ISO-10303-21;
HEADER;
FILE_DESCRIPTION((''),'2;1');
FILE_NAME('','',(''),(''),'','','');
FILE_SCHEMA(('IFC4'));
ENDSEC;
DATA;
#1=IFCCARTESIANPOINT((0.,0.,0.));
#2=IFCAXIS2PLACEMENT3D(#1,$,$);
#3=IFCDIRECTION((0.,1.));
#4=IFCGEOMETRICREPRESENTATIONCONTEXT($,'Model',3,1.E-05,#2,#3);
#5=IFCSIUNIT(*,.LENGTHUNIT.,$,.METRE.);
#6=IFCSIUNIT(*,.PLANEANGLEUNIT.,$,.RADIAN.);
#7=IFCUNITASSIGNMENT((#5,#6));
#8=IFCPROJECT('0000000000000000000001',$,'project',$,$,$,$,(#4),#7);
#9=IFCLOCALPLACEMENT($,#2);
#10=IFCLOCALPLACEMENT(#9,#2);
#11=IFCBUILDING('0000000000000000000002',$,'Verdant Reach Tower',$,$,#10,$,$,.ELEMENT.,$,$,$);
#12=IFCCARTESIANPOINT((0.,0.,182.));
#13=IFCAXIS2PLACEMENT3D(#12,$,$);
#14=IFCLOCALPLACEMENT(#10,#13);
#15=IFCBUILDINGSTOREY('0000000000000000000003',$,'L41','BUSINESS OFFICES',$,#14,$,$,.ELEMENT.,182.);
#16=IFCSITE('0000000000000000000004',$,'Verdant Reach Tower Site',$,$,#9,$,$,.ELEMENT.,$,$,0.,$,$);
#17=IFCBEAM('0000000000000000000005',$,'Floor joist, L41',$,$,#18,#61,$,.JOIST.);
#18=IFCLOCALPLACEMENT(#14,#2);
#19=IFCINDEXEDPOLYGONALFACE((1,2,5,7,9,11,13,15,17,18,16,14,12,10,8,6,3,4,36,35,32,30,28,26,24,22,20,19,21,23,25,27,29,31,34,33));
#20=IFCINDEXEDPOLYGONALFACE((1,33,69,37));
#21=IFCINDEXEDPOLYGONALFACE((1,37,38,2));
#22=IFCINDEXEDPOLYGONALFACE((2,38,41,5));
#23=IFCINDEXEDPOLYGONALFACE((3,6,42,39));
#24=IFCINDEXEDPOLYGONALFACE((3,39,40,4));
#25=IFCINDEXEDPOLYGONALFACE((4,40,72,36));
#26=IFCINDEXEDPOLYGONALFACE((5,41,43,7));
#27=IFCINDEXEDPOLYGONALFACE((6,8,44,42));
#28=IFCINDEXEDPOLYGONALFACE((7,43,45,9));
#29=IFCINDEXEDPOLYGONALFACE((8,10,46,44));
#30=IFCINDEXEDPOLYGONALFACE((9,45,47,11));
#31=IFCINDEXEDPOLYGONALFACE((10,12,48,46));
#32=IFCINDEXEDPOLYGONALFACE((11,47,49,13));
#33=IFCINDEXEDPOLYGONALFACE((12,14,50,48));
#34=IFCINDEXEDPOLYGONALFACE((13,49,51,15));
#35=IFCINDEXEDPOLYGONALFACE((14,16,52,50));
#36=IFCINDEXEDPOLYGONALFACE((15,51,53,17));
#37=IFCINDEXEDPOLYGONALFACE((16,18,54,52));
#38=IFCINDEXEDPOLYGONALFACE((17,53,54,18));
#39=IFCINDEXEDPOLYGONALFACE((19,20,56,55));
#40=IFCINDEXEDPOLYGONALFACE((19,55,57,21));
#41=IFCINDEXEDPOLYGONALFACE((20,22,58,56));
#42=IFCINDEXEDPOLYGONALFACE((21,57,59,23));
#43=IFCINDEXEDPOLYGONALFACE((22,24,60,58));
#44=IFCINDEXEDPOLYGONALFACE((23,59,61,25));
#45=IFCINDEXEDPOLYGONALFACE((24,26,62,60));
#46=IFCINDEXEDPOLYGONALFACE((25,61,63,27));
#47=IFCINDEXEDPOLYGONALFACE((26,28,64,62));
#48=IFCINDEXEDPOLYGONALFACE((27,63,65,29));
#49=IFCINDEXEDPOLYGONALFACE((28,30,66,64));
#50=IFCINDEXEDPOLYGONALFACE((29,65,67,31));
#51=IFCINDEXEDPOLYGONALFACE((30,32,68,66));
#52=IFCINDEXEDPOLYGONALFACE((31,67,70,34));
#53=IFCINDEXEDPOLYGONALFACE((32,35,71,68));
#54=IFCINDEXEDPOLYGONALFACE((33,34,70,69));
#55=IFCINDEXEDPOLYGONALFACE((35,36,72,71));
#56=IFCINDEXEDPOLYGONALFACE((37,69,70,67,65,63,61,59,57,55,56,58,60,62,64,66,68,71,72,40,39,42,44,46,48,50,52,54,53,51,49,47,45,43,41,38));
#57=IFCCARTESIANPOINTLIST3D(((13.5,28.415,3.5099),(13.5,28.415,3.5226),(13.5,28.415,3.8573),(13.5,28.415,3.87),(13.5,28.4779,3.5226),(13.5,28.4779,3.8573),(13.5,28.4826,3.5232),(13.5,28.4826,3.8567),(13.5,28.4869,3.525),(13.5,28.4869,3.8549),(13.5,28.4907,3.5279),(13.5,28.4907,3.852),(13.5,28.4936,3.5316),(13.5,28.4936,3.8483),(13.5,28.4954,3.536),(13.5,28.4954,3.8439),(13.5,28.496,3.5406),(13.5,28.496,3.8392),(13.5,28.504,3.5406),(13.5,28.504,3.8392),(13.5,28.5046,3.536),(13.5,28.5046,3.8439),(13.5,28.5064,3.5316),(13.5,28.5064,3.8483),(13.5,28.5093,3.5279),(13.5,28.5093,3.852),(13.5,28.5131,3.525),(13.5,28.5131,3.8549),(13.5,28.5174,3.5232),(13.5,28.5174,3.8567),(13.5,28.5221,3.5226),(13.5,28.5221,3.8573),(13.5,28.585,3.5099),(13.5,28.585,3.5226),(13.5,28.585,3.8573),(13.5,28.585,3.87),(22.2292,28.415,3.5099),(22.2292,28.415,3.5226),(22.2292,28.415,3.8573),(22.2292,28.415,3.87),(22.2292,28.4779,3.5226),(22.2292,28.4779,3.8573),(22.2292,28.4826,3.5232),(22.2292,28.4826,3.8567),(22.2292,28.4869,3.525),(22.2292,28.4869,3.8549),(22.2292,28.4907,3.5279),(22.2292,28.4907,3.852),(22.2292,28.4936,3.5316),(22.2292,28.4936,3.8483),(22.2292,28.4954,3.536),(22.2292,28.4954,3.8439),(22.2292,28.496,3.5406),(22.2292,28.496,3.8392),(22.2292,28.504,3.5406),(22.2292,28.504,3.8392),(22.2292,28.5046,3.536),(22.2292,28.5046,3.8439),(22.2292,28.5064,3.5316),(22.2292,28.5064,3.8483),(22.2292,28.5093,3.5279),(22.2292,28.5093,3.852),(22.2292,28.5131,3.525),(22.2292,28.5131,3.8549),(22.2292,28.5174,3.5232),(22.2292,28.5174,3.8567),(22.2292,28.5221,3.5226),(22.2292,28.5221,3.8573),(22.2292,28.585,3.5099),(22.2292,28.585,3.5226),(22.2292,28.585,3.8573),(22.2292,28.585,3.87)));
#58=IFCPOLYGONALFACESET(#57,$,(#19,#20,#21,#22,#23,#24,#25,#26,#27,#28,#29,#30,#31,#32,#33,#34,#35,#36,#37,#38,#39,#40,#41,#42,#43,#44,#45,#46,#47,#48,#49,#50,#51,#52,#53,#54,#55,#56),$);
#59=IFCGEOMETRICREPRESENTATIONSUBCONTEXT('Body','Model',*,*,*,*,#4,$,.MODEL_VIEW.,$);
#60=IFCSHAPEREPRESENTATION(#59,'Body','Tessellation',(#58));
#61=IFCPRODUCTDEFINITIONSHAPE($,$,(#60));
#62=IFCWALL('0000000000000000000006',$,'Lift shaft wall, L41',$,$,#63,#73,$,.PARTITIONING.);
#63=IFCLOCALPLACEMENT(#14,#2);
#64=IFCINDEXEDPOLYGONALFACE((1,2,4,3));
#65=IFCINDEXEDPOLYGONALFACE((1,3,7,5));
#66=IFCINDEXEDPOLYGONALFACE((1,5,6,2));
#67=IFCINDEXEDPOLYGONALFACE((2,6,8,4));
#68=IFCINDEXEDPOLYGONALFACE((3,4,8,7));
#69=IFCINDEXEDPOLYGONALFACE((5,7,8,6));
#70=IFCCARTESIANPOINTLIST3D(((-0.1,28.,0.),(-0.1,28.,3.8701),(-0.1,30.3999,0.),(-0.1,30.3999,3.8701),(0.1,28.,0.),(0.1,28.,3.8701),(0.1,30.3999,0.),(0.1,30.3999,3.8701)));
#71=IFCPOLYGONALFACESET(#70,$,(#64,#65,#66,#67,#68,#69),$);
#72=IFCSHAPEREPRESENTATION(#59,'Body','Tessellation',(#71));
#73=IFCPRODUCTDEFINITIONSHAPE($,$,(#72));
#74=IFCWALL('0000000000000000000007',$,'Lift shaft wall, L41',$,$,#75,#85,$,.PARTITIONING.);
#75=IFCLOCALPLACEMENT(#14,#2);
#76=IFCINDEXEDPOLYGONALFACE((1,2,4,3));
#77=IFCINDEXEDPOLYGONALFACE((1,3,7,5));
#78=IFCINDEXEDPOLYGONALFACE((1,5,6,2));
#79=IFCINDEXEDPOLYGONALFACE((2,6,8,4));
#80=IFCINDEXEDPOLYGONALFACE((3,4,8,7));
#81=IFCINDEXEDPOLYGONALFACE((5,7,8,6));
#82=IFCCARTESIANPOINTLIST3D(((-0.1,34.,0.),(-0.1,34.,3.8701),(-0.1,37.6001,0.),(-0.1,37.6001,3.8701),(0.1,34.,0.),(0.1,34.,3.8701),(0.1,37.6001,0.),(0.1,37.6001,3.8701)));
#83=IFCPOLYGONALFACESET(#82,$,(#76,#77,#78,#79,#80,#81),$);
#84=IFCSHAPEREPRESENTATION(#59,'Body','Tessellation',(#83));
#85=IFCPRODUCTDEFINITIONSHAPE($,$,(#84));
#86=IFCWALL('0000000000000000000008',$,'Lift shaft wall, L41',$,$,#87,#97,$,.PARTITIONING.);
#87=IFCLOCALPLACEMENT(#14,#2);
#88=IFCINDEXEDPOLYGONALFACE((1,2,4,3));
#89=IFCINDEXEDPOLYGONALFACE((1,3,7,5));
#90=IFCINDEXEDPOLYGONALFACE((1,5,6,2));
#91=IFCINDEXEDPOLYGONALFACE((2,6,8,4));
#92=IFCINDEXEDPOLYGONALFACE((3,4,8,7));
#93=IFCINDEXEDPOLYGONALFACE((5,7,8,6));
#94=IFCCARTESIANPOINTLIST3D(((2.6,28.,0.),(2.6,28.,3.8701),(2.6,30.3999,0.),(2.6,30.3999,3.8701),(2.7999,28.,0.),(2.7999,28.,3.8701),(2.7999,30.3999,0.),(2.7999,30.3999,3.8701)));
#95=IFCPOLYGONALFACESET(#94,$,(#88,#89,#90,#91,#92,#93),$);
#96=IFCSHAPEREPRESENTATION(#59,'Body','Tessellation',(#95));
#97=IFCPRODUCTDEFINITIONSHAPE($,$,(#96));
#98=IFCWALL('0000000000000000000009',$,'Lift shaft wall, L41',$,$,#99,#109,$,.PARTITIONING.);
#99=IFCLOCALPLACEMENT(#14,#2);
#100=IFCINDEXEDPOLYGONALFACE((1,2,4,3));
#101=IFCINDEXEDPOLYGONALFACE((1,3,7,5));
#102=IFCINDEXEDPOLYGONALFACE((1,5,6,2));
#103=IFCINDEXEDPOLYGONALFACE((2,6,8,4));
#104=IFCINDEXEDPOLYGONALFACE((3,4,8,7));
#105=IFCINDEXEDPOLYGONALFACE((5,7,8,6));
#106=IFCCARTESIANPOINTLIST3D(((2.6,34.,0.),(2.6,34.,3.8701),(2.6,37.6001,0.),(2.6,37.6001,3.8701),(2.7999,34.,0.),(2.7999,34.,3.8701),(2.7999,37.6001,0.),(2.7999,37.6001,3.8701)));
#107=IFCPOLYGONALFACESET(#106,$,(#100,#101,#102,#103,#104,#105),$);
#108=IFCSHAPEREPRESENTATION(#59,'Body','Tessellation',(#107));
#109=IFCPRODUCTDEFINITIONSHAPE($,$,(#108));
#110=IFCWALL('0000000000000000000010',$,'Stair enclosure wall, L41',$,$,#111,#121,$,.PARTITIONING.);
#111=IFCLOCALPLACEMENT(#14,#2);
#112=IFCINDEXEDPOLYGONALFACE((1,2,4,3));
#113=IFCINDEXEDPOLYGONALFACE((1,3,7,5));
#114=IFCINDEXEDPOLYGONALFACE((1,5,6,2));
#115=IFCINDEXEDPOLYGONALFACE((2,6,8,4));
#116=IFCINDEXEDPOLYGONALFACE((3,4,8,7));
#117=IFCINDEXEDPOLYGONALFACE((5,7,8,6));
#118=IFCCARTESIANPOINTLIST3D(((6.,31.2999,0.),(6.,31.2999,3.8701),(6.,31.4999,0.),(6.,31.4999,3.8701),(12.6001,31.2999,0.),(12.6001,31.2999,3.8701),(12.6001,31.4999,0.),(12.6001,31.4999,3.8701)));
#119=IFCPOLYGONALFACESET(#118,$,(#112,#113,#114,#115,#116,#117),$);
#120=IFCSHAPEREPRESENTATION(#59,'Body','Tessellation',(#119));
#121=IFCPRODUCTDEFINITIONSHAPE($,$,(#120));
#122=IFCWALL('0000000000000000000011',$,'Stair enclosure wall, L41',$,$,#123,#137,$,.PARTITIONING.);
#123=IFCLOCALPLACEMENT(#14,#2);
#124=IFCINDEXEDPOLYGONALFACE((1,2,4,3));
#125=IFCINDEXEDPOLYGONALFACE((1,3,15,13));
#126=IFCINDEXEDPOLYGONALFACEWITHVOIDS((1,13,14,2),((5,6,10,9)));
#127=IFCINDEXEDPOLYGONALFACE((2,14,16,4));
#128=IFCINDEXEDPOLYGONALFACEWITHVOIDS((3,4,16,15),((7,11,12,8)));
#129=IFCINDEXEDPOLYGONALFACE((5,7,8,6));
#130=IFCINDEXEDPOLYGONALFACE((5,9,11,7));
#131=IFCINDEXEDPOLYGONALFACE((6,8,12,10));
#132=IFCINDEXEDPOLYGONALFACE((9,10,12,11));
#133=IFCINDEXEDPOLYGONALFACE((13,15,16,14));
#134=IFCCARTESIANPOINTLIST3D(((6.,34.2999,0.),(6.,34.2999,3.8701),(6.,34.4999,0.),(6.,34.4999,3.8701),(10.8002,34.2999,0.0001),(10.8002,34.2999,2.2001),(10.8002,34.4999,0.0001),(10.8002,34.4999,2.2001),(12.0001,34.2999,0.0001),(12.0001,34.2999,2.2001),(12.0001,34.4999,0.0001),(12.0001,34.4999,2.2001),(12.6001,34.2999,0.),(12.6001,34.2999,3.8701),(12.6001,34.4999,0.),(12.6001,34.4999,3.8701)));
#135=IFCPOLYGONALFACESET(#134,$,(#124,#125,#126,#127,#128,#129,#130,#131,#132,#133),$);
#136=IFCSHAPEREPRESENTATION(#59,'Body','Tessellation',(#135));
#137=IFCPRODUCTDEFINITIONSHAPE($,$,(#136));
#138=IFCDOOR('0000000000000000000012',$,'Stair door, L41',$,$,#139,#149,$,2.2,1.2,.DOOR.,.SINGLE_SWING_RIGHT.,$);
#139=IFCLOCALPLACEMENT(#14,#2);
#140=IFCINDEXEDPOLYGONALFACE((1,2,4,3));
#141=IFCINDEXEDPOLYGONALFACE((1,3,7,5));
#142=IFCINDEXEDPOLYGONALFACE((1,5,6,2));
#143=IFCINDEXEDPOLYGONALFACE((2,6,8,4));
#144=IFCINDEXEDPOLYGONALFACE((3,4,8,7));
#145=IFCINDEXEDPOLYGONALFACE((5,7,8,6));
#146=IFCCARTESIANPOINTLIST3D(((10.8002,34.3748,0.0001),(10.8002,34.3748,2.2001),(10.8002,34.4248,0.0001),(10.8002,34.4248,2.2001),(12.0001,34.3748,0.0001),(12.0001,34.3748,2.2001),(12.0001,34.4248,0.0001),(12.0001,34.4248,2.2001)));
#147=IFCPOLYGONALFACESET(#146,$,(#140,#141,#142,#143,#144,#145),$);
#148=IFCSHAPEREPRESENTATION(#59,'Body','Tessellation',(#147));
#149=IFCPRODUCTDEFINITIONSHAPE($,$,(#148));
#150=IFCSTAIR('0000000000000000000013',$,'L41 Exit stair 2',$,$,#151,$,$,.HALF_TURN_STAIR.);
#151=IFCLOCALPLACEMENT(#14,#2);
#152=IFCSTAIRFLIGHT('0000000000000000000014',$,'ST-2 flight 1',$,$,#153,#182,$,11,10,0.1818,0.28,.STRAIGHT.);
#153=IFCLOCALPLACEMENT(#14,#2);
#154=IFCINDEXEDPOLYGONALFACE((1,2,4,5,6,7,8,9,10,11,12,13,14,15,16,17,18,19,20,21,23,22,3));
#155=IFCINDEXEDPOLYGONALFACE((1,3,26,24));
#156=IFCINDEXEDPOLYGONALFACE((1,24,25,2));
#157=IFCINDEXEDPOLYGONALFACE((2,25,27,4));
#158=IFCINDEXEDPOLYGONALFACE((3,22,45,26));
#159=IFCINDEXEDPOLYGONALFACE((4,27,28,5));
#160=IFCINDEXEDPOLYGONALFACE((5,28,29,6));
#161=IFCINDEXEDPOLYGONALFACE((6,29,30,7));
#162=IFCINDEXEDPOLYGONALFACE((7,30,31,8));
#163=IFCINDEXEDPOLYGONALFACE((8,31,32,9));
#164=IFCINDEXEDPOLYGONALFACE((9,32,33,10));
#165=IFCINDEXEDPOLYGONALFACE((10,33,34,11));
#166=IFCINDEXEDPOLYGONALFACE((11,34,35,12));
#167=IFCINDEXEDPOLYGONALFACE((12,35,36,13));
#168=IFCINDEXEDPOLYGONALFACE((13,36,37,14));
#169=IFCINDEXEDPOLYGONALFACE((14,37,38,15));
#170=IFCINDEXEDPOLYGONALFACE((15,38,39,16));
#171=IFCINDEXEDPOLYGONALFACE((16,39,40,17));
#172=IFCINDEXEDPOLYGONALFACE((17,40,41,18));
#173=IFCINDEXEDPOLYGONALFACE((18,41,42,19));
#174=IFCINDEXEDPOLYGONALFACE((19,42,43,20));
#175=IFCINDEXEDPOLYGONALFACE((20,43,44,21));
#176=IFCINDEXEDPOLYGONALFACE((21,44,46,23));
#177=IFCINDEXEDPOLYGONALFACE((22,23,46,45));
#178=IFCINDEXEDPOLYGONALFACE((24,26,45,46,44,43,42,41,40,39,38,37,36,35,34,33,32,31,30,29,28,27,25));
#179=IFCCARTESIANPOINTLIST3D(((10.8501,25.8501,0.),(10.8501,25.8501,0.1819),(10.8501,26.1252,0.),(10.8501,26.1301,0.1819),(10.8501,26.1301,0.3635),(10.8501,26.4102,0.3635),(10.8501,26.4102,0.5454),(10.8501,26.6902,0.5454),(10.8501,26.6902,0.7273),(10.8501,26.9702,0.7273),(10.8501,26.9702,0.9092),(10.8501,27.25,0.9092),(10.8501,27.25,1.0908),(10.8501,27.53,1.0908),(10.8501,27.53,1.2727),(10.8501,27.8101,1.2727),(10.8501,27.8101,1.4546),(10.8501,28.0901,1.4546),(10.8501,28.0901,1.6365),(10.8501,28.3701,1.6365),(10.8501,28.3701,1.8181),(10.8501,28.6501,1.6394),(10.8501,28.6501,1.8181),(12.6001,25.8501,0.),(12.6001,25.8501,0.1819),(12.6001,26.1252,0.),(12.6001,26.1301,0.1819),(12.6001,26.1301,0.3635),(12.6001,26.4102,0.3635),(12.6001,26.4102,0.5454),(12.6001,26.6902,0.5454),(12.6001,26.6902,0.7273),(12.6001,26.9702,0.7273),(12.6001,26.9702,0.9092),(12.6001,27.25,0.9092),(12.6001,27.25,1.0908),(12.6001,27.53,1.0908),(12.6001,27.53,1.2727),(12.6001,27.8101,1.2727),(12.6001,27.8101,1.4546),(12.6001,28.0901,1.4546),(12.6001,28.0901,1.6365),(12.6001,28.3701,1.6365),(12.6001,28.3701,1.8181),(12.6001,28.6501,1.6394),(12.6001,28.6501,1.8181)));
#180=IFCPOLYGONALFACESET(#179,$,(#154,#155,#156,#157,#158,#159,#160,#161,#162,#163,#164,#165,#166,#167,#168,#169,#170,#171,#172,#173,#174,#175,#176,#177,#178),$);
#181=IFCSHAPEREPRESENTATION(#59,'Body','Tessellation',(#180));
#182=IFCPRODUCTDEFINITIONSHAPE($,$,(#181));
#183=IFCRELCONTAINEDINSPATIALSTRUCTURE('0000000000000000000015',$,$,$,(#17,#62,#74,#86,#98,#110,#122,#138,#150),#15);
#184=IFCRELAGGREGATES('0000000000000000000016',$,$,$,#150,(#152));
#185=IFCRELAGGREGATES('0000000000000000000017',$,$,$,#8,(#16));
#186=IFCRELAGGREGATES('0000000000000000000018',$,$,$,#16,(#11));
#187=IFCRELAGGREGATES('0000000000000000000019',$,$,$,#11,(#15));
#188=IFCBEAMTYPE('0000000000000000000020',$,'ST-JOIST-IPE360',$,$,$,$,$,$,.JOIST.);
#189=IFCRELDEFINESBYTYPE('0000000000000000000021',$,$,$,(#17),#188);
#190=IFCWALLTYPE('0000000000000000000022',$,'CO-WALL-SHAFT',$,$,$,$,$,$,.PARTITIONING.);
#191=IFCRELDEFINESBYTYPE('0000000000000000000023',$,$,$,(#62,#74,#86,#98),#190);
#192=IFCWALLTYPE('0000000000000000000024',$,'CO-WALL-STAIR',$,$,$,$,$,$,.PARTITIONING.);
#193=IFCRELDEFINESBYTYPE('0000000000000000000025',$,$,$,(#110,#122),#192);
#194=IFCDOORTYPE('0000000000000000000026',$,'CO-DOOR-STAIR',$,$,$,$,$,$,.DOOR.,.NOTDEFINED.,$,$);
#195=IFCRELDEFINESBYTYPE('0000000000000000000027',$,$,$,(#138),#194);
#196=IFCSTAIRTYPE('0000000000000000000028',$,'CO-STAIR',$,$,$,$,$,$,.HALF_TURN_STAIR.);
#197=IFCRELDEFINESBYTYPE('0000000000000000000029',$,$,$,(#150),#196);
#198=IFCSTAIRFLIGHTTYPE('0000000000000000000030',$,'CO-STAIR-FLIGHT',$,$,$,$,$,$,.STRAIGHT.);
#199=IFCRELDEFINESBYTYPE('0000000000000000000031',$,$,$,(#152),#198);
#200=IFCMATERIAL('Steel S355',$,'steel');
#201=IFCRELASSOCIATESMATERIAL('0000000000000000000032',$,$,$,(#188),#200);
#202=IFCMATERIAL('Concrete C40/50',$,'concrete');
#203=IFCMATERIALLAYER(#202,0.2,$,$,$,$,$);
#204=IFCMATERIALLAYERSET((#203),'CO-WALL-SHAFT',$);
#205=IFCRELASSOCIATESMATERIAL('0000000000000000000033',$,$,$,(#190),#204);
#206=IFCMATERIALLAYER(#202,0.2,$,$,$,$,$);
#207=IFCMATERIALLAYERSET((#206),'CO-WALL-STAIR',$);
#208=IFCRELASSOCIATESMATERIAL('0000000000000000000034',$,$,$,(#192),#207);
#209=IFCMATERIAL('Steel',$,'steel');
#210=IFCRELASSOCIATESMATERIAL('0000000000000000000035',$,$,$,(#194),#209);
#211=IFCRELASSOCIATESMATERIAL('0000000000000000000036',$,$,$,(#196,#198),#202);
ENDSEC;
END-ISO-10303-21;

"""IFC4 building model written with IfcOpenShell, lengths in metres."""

from ifc_helpers import new_model, si_unit, direction, frame, frame_2d, origin, origin_2d, place, context, subcontext, project, spatial, polyline, rectangle, i_section, outline, extrude, material, layer, layer_set, material_profile, profile_set, type_object, element, fill, aggregate, save


model = new_model("IFC4")

# Units and contexts
model_context = context("Model", 3, precision=1e-05, world=origin(), true_north=direction((0.0, 1.0)))
body_context = subcontext(model_context, "Body", "Model", "MODEL_VIEW")
ifc_project = project(units=[si_unit("LENGTHUNIT", "METRE"), si_unit("PLANEANGLEUNIT", "RADIAN")], contexts=[model_context])

# Site, building, storey
site_placement = place(None, origin())
site = spatial("IfcSite", under=ifc_project, at=site_placement, Name="Verdant Reach Tower Site", CompositionType="ELEMENT", RefElevation=0.0)
building_placement = place(site_placement, origin())
building = spatial("IfcBuilding", under=site, at=building_placement, Name="Verdant Reach Tower", CompositionType="ELEMENT")
storey_placement = place(building_placement, frame((0.0, 0.0, 182.0)))
storey = spatial("IfcBuildingStorey", under=building, at=storey_placement, Name="L41", Description="BUSINESS OFFICES", CompositionType="ELEMENT", Elevation=182.0)

# Beam
ifc_material_1 = material(Name="Steel S355", Category="steel")
ifc_material_profile = material_profile(ifc_material_1, i_section(OverallWidth=0.1699, OverallDepth=0.3601, WebThickness=0.0081, FlangeThickness=0.0127, FilletRadius=0.0181, at=origin_2d()), Name="IPE 360")
ifc_profile_set = profile_set([ifc_material_profile], Name="Steel S355")
beam_type = type_object("IfcBeamType", Name="ST-JOIST-IPE360", PredefinedType="JOIST", material=ifc_profile_set)
beam_placement = place(storey_placement, frame((13.5, 28.5, 3.6899), z_axis=(1.0, 0.0, 0.0), x_axis=(0.0, 1.0, 0.0)))
element("IfcBeam", 1, at=beam_placement, inside=storey, type_object=beam_type, Name="Floor joist, L41", PredefinedType="JOIST", context=body_context, shape_type="SweptSolid", body=[
    extrude(i_section(OverallWidth=0.1699, OverallDepth=0.3601, WebThickness=0.0081, FlangeThickness=0.0127, FilletRadius=0.0181, at=origin_2d()), origin(), (0.0, 0.0, 1.0), 8.7292),
])

# Walls
ifc_material_2 = material(Name="Concrete C40/50", Category="concrete")
ifc_layer_1 = layer(ifc_material_2, 0.2)
ifc_layer_set_1 = layer_set([ifc_layer_1], Name="CO-WALL-SHAFT")
wall_type_1 = type_object("IfcWallType", Name="CO-WALL-SHAFT", PredefinedType="PARTITIONING", material=ifc_layer_set_1)
wall_1_placement = place(storey_placement, frame((0.0, 28.0, 0.0), z_axis=(0.0, 0.0, 1.0), x_axis=(0.0, 1.0, 0.0)))
element("IfcWall", 2, at=wall_1_placement, inside=storey, type_object=wall_type_1, Name="Lift shaft wall, L41", PredefinedType="PARTITIONING", context=body_context, shape_type="SweptSolid", body=[
    extrude(rectangle(XDim=2.3999, YDim=0.2, at=frame_2d((1.2, 0.0))), origin(), (0.0, 0.0, 1.0), 3.8701),
])
wall_2_placement = place(storey_placement, frame((0.0, 34.0, 0.0), z_axis=(0.0, 0.0, 1.0), x_axis=(0.0, 1.0, 0.0)))
element("IfcWall", 3, at=wall_2_placement, inside=storey, type_object=wall_type_1, Name="Lift shaft wall, L41", PredefinedType="PARTITIONING", context=body_context, shape_type="SweptSolid", body=[
    extrude(rectangle(XDim=3.6001, YDim=0.2, at=frame_2d((1.8, 0.0))), origin(), (0.0, 0.0, 1.0), 3.8701),
])
wall_3_placement = place(storey_placement, frame((2.7, 28.0, 0.0), z_axis=(0.0, 0.0, 1.0), x_axis=(0.0, 1.0, 0.0)))
element("IfcWall", 4, at=wall_3_placement, inside=storey, type_object=wall_type_1, Name="Lift shaft wall, L41", PredefinedType="PARTITIONING", context=body_context, shape_type="SweptSolid", body=[
    extrude(rectangle(XDim=2.3999, YDim=0.2, at=frame_2d((1.2, 0.0))), origin(), (0.0, 0.0, 1.0), 3.8701),
])
wall_4_placement = place(storey_placement, frame((2.7, 34.0, 0.0), z_axis=(0.0, 0.0, 1.0), x_axis=(0.0, 1.0, 0.0)))
element("IfcWall", 5, at=wall_4_placement, inside=storey, type_object=wall_type_1, Name="Lift shaft wall, L41", PredefinedType="PARTITIONING", context=body_context, shape_type="SweptSolid", body=[
    extrude(rectangle(XDim=3.6001, YDim=0.2, at=frame_2d((1.8, 0.0))), origin(), (0.0, 0.0, 1.0), 3.8701),
])
ifc_layer_2 = layer(ifc_material_2, 0.2)
ifc_layer_set_2 = layer_set([ifc_layer_2], Name="CO-WALL-STAIR")
wall_type_2 = type_object("IfcWallType", Name="CO-WALL-STAIR", PredefinedType="PARTITIONING", material=ifc_layer_set_2)
wall_5_placement = place(storey_placement, frame((6.0, 31.3999, 0.0), z_axis=(0.0, 0.0, 1.0), x_axis=(1.0, 0.0, 0.0)))
element("IfcWall", 6, at=wall_5_placement, inside=storey, type_object=wall_type_2, Name="Stair enclosure wall, L41", PredefinedType="PARTITIONING", context=body_context, shape_type="SweptSolid", body=[
    extrude(rectangle(XDim=6.6001, YDim=0.2, at=frame_2d((3.3, 0.0))), origin(), (0.0, 0.0, 1.0), 3.8701),
])

# Wall, opening, door
wall_6_placement = place(storey_placement, frame((6.0, 34.3999, 0.0), z_axis=(0.0, 0.0, 1.0), x_axis=(1.0, 0.0, 0.0)))
wall_6 = element("IfcWall", 7, at=wall_6_placement, inside=storey, type_object=wall_type_2, Name="Stair enclosure wall, L41", PredefinedType="PARTITIONING", context=body_context, shape_type="SweptSolid", body=[
    extrude(rectangle(XDim=6.6001, YDim=0.2, at=frame_2d((3.3, 0.0))), origin(), (0.0, 0.0, 1.0), 3.8701),
])
opening_placement = place(wall_6_placement, frame((4.8, 0.0, 0.0)))
opening = element("IfcOpeningElement", 8, at=opening_placement, cuts=wall_6, PredefinedType="OPENING", context=body_context, shape_type="SweptSolid", body=[
    extrude(rectangle(XDim=1.2, YDim=2.2, at=frame_2d((0.6001, 1.1001))), frame((0.0, 0.1099, 0.0), z_axis=(0.0, -1.0, 0.0), x_axis=(1.0, 0.0, 0.0)), (0.0, 0.0, 1.0), 0.22),
])
ifc_material_3 = material(Name="Steel", Category="steel")
door_type = type_object("IfcDoorType", Name="CO-DOOR-STAIR", OperationType="NOTDEFINED", PredefinedType="DOOR", material=ifc_material_3)
door_placement = place(opening_placement, origin())
door = element("IfcDoor", 9, at=door_placement, inside=storey, type_object=door_type, Name="Stair door, L41", OperationType="SINGLE_SWING_RIGHT", OverallHeight=2.2, OverallWidth=1.2, PredefinedType="DOOR", context=body_context, shape_type="SweptSolid", body=[
    extrude(rectangle(XDim=1.2, YDim=2.2, at=frame_2d((0.6001, 1.1001))), frame((0.0, 0.0249, 0.0), z_axis=(0.0, -1.0, 0.0), x_axis=(1.0, 0.0, 0.0)), (0.0, 0.0, 1.0), 0.05),
])
fill(opening, door)

# Stair, stair flight
stair_type = type_object("IfcStairType", Name="CO-STAIR", PredefinedType="HALF_TURN_STAIR", material=ifc_material_2)
stair_1_placement = place(storey_placement, origin())
stair_1 = element("IfcStair", 10, at=stair_1_placement, inside=storey, type_object=stair_type, Name="L41 Exit stair 2", PredefinedType="HALF_TURN_STAIR")
stair_flight_type = type_object("IfcStairFlightType", Name="CO-STAIR-FLIGHT", PredefinedType="STRAIGHT", material=ifc_material_2)
stair_flight_1_placement = place(storey_placement, frame((11.7251, 25.8501, 0.0), z_axis=(0.0, 0.0, 1.0), x_axis=(0.0, 1.0, 0.0)))
stair_flight_1 = element("IfcStairFlight", 11, at=stair_flight_1_placement, type_object=stair_flight_type, Name="ST-2 flight 1", NumberOfRisers=11, NumberOfTreads=10, PredefinedType="STRAIGHT", RiserHeight=0.1818, TreadLength=0.28, context=body_context, shape_type="SweptSolid", body=[
    extrude(outline(polyline([(0.0, 0.0), (0.0, 0.1819), (0.28, 0.1819), (0.28, 0.3635), (0.5601, 0.3635), (0.5601, 0.5454), (0.8401, 0.5454), (0.8401, 0.7273), (1.1201, 0.7273), (1.1201, 0.9092), (1.3999, 0.9092), (1.3999, 1.0908), (1.6799, 1.0908), (1.6799, 1.2727), (1.96, 1.2727), (1.96, 1.4546), (2.24, 1.4546), (2.24, 1.6365), (2.52, 1.6365), (2.52, 1.8181), (2.8, 1.8181), (2.8, 2.0), (2.8, 1.6394), (0.2751, 0.0), (0.0, 0.0)])), frame((0.0, 0.875, 0.0), z_axis=(0.0, -1.0, 0.0), x_axis=(1.0, 0.0, 0.0)), (0.0, 0.0, 1.0), 1.75),
])
aggregate(stair_1, [stair_flight_1])

save(model, "model.ifc")
